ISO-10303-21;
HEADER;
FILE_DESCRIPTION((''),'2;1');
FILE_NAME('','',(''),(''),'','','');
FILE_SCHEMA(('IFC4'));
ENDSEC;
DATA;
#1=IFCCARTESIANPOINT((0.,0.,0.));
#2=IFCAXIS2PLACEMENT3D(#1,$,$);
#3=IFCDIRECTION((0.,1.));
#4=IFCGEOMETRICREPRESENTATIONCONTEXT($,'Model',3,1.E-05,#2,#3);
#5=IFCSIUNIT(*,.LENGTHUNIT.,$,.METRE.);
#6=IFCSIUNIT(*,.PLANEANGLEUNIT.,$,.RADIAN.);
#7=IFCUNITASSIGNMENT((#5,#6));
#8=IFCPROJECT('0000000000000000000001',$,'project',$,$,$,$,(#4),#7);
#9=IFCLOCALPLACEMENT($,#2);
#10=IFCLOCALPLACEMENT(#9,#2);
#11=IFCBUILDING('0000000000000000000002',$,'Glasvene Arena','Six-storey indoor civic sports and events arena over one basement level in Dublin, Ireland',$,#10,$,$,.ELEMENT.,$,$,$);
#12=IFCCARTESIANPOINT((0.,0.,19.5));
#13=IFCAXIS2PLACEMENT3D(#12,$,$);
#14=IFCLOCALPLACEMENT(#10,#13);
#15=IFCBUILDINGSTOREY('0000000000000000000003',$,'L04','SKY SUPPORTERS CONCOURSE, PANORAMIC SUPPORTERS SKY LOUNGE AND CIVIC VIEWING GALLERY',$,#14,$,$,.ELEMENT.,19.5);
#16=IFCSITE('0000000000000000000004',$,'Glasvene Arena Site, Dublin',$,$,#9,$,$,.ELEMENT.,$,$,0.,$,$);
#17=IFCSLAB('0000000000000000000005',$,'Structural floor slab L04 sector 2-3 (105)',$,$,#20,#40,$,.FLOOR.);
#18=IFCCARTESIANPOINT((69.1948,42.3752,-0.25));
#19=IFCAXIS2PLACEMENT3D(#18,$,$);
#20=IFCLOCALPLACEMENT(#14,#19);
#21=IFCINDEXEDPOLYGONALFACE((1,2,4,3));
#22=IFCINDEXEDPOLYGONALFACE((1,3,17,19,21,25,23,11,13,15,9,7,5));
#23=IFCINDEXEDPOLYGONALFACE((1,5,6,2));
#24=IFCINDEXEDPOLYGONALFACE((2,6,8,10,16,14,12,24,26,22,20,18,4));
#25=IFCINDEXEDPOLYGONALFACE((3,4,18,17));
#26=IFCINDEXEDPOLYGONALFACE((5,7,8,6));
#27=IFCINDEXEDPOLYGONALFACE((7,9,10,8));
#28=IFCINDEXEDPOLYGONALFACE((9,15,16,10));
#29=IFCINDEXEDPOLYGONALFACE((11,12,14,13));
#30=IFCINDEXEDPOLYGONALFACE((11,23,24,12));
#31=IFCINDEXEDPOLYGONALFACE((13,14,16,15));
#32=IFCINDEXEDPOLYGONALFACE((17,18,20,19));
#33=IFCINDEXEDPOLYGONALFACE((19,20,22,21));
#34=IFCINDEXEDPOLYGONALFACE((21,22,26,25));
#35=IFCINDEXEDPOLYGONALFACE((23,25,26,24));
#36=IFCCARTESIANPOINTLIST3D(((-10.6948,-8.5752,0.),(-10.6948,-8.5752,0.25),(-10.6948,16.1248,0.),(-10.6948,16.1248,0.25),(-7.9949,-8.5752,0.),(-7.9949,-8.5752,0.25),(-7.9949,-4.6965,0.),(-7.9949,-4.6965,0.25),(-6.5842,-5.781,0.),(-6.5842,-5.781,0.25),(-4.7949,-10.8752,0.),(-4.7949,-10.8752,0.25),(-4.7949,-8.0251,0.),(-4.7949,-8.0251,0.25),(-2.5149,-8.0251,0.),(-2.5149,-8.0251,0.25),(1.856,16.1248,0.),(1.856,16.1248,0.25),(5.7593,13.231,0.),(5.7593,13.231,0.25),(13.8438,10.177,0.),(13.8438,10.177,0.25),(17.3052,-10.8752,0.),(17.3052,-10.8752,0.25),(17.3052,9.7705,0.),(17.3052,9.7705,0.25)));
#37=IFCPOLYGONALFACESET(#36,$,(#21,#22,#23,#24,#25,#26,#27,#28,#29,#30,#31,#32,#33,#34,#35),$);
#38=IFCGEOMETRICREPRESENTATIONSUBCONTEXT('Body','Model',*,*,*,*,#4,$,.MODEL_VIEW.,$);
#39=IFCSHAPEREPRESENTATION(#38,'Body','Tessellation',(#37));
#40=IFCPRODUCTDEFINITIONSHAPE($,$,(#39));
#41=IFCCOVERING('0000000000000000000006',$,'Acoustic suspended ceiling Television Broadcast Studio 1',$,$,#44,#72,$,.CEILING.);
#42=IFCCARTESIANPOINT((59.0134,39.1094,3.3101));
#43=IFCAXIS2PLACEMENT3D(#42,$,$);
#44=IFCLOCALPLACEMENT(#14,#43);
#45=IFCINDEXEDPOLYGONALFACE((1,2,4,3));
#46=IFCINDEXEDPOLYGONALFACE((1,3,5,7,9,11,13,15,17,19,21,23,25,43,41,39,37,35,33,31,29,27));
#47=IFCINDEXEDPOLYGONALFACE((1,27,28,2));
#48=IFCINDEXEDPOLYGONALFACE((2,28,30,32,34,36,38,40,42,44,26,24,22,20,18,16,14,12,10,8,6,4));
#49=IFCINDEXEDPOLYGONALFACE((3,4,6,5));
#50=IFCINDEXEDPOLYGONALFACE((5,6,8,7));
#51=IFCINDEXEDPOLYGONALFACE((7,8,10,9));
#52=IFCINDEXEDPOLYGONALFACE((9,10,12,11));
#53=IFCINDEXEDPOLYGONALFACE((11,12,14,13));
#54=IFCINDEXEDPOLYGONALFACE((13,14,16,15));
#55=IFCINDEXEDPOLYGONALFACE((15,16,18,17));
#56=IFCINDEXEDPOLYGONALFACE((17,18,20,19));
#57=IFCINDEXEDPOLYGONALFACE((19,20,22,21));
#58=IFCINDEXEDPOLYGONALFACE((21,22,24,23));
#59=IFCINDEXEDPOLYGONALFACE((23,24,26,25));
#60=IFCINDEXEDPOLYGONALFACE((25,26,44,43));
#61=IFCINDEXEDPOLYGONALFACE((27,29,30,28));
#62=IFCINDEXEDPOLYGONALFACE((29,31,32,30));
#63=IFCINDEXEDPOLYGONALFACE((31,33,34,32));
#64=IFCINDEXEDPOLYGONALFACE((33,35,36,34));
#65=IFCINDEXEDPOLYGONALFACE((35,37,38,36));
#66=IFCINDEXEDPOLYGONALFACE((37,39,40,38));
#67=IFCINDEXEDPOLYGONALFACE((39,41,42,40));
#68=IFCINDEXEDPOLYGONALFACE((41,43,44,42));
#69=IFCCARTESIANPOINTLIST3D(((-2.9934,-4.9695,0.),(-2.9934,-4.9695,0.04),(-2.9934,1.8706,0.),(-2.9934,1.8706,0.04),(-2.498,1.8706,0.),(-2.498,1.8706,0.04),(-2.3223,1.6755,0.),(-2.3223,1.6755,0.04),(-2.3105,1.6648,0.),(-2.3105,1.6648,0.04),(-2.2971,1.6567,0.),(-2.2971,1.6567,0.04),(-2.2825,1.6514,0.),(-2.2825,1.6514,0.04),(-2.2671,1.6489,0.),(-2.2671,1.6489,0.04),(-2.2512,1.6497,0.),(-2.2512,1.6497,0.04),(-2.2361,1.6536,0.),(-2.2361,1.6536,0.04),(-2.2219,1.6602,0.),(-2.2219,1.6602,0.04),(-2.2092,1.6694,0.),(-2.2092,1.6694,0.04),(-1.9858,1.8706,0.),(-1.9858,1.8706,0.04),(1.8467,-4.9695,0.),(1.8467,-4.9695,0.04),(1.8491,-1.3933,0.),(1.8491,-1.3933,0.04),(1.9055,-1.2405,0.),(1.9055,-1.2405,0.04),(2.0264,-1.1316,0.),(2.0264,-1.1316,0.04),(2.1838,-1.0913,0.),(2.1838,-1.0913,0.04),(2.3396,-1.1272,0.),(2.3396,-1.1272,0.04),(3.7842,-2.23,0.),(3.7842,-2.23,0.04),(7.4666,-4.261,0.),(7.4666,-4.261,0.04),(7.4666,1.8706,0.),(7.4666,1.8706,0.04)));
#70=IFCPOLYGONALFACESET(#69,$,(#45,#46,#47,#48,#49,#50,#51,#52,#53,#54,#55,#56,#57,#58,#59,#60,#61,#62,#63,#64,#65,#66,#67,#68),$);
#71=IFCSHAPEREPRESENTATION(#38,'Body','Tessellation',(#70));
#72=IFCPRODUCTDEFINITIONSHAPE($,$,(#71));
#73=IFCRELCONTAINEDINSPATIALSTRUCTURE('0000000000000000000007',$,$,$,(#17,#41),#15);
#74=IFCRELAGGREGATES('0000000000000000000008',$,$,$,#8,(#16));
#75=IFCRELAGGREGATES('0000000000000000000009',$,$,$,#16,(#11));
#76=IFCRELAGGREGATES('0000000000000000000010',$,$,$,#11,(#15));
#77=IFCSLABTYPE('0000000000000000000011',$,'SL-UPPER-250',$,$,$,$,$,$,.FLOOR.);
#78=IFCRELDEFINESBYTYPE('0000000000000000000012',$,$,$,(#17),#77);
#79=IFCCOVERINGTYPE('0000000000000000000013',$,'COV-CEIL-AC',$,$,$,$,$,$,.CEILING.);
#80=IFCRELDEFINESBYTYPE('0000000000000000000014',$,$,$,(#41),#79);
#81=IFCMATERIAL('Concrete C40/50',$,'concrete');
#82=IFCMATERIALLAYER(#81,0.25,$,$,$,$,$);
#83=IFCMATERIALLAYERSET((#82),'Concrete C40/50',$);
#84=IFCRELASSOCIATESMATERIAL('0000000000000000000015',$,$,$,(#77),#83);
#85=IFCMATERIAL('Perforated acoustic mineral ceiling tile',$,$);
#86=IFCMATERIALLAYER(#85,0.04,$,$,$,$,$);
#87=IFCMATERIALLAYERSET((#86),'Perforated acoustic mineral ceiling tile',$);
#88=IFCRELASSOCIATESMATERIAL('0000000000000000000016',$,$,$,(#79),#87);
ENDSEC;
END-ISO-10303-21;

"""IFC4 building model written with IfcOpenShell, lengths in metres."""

from ifc_helpers import new_model, si_unit, direction, frame, origin, place, context, subcontext, project, spatial, polyline, outline, extrude, material, layer, layer_set, type_object, element, save


model = new_model("IFC4")

# Units and contexts
model_context = context("Model", 3, precision=1e-05, world=origin(), true_north=direction((0.0, 1.0)))
body_context = subcontext(model_context, "Body", "Model", "MODEL_VIEW")
ifc_project = project(units=[si_unit("LENGTHUNIT", "METRE"), si_unit("PLANEANGLEUNIT", "RADIAN")], contexts=[model_context])

# Site, building, storey
site_placement = place(None, origin())
site = spatial("IfcSite", under=ifc_project, at=site_placement, Name="Glasvene Arena Site, Dublin", CompositionType="ELEMENT", RefElevation=0.0)
building_placement = place(site_placement, origin())
building = spatial("IfcBuilding", under=site, at=building_placement, Name="Glasvene Arena", Description="Six-storey indoor civic sports and events arena over one basement level in Dublin, Ireland", CompositionType="ELEMENT")
storey_placement = place(building_placement, frame((0.0, 0.0, 19.5)))
storey = spatial("IfcBuildingStorey", under=building, at=storey_placement, Name="L04", Description="SKY SUPPORTERS CONCOURSE, PANORAMIC SUPPORTERS SKY LOUNGE AND CIVIC VIEWING GALLERY", CompositionType="ELEMENT", Elevation=19.5)

# Slab
ifc_material_1 = material(Name="Concrete C40/50", Category="concrete")
ifc_layer_1 = layer(ifc_material_1, 0.25)
ifc_layer_set_1 = layer_set([ifc_layer_1], Name="Concrete C40/50")
slab_type = type_object("IfcSlabType", Name="SL-UPPER-250", PredefinedType="FLOOR", material=ifc_layer_set_1)
slab_placement = place(storey_placement, frame((69.1948, 42.3752, -0.25)))
element("IfcSlab", 1, at=slab_placement, inside=storey, type_object=slab_type, Name="Structural floor slab L04 sector 2-3 (105)", PredefinedType="FLOOR", context=body_context, shape_type="SweptSolid", body=[
    extrude(outline(polyline([(-7.9949, -4.6965), (-7.9949, -8.5752), (-10.6948, -8.5752), (-10.6948, 16.1248), (1.856, 16.1248), (5.7593, 13.231), (13.8438, 10.177), (17.3052, 9.7705), (17.3052, -10.8752), (-4.7949, -10.8752), (-4.7949, -8.0251), (-2.5149, -8.0251), (-6.5842, -5.781), (-7.9949, -4.6965)])), origin(), (0.0, 0.0, 1.0), 0.25),
])

# Covering
ifc_material_2 = material(Name="Perforated acoustic mineral ceiling tile")
ifc_layer_2 = layer(ifc_material_2, 0.04)
ifc_layer_set_2 = layer_set([ifc_layer_2], Name="Perforated acoustic mineral ceiling tile")
covering_type = type_object("IfcCoveringType", Name="COV-CEIL-AC", PredefinedType="CEILING", material=ifc_layer_set_2)
covering_placement = place(storey_placement, frame((59.0134, 39.1094, 3.3101)))
element("IfcCovering", 2, at=covering_placement, inside=storey, type_object=covering_type, Name="Acoustic suspended ceiling Television Broadcast Studio 1", PredefinedType="CEILING", context=body_context, shape_type="SweptSolid", body=[
    extrude(outline(polyline([(2.3396, -1.1272), (2.1838, -1.0913), (2.0264, -1.1316), (1.9055, -1.2405), (1.8491, -1.3933), (1.8467, -4.9695), (-2.9934, -4.9695), (-2.9934, 1.8706), (-2.498, 1.8706), (-2.3223, 1.6755), (-2.3105, 1.6648), (-2.2971, 1.6567), (-2.2825, 1.6514), (-2.2671, 1.6489), (-2.2512, 1.6497), (-2.2361, 1.6536), (-2.2219, 1.6602), (-2.2092, 1.6694), (-1.9858, 1.8706), (7.4666, 1.8706), (7.4666, -4.261), (3.7842, -2.23), (2.3396, -1.1272)])), origin(), (0.0, 0.0, 1.0), 0.04),
])

save(model, "model.ifc")
